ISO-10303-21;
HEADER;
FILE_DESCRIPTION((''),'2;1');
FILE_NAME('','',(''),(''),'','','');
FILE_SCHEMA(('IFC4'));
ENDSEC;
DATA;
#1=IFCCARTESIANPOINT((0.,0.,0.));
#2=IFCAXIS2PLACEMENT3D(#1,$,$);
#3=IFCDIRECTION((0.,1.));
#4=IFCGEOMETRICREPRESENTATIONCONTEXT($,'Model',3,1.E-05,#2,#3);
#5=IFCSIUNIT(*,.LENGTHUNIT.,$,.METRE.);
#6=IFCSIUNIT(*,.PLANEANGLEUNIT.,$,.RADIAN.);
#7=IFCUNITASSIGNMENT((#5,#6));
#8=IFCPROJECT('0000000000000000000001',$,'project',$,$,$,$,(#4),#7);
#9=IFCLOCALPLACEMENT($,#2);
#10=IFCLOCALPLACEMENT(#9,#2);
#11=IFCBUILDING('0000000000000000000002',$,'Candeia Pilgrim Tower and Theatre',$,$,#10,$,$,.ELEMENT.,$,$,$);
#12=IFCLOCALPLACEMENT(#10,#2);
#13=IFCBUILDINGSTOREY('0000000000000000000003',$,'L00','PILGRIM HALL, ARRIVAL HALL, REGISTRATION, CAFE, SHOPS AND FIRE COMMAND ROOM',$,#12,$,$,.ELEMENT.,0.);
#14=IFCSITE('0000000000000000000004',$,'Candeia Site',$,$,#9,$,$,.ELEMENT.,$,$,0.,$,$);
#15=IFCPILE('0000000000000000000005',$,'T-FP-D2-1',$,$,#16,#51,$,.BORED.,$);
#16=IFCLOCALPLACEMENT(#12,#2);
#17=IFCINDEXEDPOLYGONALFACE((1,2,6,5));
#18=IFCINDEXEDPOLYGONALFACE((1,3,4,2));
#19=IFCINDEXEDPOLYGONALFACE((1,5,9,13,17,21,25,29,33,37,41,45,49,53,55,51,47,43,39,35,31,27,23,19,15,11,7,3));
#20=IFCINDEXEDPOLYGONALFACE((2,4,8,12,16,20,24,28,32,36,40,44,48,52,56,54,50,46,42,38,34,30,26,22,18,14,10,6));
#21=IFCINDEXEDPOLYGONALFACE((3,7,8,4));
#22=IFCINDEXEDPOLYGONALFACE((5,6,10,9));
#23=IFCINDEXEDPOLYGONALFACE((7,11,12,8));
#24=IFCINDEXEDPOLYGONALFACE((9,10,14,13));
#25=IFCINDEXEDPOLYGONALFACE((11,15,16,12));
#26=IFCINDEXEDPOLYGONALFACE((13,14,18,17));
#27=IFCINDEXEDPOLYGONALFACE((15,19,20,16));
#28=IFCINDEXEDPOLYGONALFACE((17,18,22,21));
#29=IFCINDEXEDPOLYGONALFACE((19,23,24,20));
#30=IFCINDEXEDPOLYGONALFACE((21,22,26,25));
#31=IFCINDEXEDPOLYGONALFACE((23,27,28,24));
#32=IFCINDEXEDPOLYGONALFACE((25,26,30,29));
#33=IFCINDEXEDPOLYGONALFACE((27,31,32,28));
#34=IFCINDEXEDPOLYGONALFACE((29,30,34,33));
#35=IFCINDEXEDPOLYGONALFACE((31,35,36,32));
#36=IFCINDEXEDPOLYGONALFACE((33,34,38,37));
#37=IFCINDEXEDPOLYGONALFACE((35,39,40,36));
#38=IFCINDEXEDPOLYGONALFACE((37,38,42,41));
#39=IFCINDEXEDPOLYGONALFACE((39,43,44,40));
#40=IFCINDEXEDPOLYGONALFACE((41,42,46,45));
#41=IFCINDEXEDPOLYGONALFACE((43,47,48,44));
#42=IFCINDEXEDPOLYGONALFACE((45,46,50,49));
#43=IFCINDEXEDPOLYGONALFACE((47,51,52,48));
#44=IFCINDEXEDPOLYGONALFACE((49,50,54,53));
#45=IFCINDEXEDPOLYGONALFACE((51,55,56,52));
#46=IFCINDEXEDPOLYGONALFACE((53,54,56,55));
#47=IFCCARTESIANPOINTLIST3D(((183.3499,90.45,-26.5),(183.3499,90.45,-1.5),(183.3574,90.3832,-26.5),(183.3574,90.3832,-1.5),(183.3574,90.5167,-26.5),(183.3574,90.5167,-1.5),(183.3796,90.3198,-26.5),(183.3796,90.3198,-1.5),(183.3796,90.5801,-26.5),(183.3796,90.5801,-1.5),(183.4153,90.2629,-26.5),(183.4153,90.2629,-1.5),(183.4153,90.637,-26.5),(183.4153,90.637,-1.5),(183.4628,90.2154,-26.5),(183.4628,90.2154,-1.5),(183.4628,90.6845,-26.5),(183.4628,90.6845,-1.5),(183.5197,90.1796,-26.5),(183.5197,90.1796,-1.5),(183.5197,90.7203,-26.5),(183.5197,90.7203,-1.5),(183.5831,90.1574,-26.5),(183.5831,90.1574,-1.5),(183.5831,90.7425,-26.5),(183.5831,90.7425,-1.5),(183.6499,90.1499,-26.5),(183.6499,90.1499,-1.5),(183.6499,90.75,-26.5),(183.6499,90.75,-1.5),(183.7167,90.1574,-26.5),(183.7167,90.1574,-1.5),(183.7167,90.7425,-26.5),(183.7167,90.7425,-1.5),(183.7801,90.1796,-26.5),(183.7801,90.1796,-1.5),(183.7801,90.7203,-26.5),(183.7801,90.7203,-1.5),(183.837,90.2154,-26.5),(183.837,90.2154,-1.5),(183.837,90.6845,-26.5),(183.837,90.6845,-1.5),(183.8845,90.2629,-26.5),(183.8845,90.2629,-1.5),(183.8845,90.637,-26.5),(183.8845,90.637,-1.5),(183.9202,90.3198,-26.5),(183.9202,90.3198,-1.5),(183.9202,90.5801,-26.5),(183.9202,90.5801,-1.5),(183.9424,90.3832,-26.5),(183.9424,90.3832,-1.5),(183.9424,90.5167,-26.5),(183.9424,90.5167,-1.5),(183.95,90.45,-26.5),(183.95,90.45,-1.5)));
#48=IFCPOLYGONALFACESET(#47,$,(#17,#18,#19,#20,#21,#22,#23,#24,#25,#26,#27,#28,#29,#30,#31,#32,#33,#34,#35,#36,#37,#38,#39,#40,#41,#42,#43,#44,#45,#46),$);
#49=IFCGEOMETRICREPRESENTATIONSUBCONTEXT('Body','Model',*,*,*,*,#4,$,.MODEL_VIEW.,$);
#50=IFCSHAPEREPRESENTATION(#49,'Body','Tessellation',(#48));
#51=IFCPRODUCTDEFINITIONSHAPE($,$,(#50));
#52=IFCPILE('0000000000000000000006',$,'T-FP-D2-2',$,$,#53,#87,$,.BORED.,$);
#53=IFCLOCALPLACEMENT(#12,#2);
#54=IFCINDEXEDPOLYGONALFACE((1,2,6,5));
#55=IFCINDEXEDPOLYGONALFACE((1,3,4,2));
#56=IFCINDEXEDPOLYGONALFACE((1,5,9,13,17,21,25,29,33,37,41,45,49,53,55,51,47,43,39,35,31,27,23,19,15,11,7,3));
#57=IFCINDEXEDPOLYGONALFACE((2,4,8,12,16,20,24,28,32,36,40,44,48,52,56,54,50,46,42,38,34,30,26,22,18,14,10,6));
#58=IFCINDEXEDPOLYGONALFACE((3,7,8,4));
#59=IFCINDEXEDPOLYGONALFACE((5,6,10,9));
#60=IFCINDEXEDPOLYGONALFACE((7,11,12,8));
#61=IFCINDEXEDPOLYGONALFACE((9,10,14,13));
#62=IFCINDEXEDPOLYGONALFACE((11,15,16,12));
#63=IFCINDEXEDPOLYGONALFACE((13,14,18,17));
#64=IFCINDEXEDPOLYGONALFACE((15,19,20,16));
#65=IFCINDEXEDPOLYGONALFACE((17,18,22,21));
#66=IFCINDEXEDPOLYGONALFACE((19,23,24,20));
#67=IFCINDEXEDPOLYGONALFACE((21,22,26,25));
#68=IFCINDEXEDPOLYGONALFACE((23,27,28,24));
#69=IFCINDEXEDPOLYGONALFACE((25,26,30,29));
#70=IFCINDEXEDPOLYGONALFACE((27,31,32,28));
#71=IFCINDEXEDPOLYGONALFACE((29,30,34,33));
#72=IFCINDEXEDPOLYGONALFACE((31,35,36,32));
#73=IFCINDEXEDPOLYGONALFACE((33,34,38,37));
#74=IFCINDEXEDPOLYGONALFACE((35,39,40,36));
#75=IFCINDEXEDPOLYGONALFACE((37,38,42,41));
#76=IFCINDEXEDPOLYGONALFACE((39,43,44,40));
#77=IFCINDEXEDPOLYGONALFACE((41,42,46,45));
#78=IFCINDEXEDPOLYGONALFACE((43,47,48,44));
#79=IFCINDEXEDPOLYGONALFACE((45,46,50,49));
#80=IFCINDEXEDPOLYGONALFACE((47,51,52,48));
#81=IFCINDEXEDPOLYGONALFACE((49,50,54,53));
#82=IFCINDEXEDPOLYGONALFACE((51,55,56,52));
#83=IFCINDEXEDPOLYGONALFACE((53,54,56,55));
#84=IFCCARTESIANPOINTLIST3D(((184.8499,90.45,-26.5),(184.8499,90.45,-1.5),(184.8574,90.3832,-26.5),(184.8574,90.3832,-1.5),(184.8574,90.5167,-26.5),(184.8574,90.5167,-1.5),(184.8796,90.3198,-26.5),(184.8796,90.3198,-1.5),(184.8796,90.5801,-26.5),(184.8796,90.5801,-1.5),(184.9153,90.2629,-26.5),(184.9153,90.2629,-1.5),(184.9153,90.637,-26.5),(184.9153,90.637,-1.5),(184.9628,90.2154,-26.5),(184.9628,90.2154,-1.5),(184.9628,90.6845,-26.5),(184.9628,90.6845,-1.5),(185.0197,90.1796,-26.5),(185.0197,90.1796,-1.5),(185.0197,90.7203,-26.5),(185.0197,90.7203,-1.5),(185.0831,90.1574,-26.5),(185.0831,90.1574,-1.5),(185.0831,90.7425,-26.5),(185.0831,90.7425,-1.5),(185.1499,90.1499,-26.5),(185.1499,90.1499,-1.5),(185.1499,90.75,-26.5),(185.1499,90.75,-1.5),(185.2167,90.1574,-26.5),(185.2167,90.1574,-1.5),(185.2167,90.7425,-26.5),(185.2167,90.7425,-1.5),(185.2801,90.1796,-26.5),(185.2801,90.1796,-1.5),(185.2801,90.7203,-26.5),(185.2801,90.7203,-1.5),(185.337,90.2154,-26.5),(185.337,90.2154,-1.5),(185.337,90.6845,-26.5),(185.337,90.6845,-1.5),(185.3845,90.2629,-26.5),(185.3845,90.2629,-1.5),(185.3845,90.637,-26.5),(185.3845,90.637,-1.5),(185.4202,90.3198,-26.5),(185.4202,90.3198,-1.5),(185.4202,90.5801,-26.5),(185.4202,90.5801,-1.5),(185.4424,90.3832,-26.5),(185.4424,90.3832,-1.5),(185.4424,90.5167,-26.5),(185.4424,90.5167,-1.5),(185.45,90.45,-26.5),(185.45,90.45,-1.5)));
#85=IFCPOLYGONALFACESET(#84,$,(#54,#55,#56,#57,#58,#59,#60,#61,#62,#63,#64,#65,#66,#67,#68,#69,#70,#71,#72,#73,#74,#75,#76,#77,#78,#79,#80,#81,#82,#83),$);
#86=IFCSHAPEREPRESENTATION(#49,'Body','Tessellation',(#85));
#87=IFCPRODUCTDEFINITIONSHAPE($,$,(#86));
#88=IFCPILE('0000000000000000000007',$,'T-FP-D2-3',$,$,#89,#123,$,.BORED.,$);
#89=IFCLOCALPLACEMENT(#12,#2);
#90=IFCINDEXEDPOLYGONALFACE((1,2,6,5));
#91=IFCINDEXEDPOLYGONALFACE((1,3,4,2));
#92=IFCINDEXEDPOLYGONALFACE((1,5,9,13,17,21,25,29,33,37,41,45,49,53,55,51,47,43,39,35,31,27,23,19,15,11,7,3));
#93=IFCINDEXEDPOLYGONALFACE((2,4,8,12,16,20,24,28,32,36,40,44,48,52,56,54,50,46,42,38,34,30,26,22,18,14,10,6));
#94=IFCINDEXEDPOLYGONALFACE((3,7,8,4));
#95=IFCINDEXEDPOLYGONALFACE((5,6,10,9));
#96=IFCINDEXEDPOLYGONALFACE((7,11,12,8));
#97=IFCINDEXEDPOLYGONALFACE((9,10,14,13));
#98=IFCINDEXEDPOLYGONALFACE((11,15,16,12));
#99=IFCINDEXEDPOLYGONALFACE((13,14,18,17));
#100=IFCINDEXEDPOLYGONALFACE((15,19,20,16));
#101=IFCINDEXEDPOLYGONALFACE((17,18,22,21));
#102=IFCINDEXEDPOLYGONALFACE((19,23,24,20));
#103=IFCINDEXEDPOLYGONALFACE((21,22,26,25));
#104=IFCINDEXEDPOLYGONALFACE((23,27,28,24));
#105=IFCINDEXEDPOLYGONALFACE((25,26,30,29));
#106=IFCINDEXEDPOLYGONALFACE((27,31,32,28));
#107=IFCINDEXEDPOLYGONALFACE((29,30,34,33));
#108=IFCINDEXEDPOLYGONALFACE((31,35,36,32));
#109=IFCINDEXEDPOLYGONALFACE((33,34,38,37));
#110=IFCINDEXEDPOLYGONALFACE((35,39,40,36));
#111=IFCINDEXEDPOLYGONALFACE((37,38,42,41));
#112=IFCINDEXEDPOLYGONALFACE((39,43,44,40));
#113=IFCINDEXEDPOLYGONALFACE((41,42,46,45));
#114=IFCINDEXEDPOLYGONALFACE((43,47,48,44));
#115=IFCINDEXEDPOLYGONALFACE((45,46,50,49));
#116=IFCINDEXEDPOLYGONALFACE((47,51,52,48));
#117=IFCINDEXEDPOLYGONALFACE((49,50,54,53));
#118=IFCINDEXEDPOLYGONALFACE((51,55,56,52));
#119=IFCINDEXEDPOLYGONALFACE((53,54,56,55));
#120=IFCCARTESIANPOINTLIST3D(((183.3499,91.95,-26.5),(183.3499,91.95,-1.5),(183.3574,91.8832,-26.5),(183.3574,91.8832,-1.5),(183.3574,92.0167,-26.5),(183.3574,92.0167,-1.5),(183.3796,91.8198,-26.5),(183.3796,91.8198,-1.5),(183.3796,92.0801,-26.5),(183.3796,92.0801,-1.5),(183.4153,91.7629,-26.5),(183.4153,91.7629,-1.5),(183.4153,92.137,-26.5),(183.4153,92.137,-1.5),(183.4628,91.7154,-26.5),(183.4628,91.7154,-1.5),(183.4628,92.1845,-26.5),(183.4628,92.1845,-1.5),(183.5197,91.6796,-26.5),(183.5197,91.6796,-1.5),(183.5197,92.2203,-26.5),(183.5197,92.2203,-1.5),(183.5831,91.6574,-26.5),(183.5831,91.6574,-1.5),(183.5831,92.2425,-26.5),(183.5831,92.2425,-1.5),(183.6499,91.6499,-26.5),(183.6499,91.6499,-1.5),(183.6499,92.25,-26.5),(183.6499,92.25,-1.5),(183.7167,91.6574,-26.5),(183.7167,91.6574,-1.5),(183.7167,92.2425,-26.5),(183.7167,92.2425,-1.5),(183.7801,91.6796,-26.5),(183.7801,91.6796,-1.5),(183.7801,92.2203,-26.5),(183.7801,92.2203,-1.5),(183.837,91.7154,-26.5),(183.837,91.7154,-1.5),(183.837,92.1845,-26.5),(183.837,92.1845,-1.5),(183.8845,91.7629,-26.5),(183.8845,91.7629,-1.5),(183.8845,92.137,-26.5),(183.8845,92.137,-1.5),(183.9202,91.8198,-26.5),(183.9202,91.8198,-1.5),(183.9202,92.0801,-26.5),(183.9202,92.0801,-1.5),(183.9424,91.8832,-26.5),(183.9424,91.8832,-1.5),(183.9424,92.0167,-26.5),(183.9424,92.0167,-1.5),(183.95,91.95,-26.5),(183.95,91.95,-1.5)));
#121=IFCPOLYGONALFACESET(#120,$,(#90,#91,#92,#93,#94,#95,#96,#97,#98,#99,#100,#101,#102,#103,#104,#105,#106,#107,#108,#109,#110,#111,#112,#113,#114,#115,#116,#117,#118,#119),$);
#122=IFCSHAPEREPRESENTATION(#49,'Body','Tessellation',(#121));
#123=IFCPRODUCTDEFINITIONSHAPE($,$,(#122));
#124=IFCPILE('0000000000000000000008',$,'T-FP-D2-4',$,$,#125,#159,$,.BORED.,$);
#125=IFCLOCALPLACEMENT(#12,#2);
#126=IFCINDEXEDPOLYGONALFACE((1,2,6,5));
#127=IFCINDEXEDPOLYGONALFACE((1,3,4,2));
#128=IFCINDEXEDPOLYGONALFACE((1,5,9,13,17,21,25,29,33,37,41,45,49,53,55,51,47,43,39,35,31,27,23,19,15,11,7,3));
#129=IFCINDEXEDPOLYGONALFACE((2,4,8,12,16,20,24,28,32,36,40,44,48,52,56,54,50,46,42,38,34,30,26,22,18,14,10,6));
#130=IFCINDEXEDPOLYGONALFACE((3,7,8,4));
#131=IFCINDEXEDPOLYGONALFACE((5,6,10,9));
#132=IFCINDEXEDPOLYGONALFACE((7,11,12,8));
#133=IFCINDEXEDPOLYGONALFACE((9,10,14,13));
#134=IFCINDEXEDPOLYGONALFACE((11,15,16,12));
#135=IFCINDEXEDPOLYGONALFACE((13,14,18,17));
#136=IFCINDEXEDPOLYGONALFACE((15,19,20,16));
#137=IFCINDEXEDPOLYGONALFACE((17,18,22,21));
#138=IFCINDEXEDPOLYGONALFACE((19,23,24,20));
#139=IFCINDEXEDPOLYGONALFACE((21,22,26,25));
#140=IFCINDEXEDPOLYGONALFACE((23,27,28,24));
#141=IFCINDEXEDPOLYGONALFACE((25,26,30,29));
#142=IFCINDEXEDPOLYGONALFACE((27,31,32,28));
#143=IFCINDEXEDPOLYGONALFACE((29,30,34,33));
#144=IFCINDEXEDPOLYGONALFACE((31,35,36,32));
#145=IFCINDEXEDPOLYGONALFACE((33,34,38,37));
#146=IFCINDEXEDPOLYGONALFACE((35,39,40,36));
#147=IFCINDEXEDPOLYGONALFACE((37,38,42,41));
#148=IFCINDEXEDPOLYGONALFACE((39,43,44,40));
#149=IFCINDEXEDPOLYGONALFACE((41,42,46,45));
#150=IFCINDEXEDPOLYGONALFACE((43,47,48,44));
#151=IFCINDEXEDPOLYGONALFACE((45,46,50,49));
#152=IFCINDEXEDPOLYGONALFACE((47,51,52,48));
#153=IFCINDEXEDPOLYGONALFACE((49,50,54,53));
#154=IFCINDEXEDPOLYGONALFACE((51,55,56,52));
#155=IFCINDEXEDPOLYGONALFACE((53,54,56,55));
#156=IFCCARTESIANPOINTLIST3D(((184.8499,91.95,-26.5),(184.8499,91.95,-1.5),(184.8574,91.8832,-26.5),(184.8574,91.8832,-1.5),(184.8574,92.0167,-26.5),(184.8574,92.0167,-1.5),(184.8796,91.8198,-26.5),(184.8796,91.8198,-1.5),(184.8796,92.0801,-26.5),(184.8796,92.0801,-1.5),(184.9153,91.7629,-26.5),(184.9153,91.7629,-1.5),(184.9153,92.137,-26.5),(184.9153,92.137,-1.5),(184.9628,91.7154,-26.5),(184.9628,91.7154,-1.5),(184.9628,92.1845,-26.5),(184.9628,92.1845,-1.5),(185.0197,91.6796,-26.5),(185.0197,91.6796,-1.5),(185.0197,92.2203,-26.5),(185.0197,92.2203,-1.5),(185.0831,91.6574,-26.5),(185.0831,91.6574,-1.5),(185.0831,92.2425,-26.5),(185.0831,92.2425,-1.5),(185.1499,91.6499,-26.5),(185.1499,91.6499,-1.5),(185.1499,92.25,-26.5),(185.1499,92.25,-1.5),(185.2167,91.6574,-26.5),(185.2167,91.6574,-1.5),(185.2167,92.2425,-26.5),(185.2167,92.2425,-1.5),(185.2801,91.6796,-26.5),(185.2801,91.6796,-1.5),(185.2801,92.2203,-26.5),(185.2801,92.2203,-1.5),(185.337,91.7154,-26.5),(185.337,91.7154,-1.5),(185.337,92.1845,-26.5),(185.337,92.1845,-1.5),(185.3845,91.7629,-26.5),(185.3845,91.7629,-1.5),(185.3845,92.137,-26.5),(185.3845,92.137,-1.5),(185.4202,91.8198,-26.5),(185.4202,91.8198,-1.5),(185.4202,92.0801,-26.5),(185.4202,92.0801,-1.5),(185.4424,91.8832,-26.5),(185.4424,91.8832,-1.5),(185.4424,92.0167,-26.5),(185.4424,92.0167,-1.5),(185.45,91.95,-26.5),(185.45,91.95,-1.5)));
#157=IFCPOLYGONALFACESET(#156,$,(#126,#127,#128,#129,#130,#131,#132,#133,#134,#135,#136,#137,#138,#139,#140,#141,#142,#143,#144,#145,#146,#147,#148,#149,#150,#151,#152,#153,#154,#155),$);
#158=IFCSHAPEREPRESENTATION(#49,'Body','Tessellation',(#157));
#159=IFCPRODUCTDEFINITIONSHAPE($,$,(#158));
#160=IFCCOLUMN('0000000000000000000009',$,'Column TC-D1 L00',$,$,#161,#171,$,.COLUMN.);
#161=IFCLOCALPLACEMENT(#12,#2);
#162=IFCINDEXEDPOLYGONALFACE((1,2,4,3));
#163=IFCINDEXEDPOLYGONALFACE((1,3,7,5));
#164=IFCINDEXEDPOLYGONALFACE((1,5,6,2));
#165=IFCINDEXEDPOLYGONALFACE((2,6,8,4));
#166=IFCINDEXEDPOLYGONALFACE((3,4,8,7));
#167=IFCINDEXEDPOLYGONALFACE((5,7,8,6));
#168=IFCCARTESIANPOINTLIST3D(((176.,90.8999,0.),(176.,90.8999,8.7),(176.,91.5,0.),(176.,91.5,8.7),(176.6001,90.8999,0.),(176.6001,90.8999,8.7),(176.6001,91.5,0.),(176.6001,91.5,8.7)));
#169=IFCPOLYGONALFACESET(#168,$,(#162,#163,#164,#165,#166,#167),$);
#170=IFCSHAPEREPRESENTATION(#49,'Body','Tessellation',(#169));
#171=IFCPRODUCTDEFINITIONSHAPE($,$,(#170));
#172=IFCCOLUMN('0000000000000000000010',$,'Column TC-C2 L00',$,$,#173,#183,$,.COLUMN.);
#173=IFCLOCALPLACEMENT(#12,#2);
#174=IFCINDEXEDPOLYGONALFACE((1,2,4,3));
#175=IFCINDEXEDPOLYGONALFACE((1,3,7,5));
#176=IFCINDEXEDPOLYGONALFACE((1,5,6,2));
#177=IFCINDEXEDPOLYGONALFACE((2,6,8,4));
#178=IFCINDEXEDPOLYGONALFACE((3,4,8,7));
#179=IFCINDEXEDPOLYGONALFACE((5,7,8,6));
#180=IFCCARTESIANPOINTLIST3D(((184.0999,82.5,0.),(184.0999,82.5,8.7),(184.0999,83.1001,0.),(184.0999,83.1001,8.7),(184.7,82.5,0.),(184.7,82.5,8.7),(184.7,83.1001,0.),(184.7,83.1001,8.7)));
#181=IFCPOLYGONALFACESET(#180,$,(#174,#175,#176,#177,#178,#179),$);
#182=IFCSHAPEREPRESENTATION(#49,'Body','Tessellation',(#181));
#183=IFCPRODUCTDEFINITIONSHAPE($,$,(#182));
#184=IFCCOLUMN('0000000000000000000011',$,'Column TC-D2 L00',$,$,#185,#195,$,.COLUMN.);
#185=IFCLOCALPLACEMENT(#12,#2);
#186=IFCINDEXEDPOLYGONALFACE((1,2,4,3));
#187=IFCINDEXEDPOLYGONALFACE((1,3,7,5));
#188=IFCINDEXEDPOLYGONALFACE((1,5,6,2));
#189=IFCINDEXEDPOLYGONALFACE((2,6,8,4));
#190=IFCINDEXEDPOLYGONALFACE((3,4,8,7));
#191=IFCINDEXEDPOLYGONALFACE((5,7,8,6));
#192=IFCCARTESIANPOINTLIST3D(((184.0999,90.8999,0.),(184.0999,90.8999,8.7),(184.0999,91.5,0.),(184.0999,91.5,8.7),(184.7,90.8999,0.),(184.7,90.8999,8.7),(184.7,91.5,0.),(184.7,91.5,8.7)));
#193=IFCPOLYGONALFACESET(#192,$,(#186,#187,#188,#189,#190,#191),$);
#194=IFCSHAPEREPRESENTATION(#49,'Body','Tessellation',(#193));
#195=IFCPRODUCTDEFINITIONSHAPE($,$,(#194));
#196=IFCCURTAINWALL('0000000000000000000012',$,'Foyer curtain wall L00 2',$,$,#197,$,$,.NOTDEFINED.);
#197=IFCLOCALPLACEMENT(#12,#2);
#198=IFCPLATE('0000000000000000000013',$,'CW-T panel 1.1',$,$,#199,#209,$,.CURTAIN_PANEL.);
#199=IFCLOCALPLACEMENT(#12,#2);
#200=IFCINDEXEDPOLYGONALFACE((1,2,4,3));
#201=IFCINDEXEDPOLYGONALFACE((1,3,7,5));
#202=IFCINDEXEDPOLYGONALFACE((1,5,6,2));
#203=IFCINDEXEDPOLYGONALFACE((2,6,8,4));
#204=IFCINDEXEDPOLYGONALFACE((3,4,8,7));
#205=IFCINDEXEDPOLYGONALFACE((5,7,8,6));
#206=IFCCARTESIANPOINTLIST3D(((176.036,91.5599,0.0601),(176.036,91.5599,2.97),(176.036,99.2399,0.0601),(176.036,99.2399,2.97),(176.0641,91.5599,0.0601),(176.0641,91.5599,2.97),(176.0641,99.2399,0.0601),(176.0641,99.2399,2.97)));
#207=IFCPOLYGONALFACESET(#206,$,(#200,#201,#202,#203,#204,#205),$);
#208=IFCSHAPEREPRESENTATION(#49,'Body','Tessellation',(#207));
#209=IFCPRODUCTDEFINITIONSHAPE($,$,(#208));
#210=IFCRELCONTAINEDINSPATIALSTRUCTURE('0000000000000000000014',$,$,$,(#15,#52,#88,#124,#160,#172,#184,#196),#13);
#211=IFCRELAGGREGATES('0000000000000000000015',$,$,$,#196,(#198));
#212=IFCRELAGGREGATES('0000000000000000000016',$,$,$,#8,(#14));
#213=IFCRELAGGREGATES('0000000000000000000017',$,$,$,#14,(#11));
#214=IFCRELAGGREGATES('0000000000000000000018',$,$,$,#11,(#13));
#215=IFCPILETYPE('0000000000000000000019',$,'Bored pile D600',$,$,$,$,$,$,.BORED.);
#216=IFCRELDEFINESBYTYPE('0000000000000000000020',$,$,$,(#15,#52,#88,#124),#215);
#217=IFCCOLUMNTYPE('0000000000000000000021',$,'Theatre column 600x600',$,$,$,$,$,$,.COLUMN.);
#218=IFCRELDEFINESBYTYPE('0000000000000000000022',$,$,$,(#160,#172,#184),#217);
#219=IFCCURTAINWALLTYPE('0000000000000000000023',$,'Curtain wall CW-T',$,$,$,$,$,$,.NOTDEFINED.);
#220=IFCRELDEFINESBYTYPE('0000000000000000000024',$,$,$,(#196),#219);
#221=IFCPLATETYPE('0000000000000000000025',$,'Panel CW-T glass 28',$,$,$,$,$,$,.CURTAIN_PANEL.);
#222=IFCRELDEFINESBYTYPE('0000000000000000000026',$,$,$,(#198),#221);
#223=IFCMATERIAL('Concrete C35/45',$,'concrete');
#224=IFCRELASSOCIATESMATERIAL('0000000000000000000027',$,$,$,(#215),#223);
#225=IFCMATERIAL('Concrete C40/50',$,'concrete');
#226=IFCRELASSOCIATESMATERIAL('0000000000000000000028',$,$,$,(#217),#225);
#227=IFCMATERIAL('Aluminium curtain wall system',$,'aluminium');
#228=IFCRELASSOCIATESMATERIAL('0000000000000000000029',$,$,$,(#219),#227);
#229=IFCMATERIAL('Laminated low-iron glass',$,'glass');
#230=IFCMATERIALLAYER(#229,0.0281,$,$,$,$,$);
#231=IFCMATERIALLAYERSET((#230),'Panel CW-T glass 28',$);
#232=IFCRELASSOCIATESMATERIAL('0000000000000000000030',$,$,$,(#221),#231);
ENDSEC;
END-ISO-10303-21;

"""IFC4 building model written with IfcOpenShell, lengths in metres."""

from ifc_helpers import new_model, si_unit, direction, frame, origin, origin_2d, place, context, subcontext, project, spatial, rectangle, circle, extrude, material, layer, layer_set, material_profile, profile_set, type_object, element, aggregate, save


model = new_model("IFC4")

# Units and contexts
model_context = context("Model", 3, precision=1e-05, world=origin(), true_north=direction((0.0, 1.0)))
body_context = subcontext(model_context, "Body", "Model", "MODEL_VIEW")
ifc_project = project(units=[si_unit("LENGTHUNIT", "METRE"), si_unit("PLANEANGLEUNIT", "RADIAN")], contexts=[model_context])

# Site, building, storey
site_placement = place(None, origin())
site = spatial("IfcSite", under=ifc_project, at=site_placement, Name="Candeia Site", CompositionType="ELEMENT", RefElevation=0.0)
building_placement = place(site_placement, origin())
building = spatial("IfcBuilding", under=site, at=building_placement, Name="Candeia Pilgrim Tower and Theatre", CompositionType="ELEMENT")
storey_placement = place(building_placement, origin())
storey = spatial("IfcBuildingStorey", under=building, at=storey_placement, Name="L00", Description="PILGRIM HALL, ARRIVAL HALL, REGISTRATION, CAFE, SHOPS AND FIRE COMMAND ROOM", CompositionType="ELEMENT", Elevation=0.0)

# Piles
ifc_material_1 = material(Name="Concrete C35/45", Category="concrete")
pile_type = type_object("IfcPileType", Name="Bored pile D600", PredefinedType="BORED", material=ifc_material_1)
for number, where, z_axis, x_axis, name in (
    (1, (183.6499, 90.45, -1.5), (0.0, 0.0, -1.0), (1.0, 0.0, 0.0), "T-FP-D2-1"),
    (2, (185.1499, 90.45, -1.5), (0.0, 0.0, -1.0), (1.0, 0.0, 0.0), "T-FP-D2-2"),
    (3, (183.6499, 91.95, -1.5), (0.0, 0.0, -1.0), (1.0, 0.0, 0.0), "T-FP-D2-3"),
    (4, (185.1499, 91.95, -1.5), (0.0, 0.0, -1.0), (1.0, 0.0, 0.0), "T-FP-D2-4"),
):
    element("IfcPile", number, at=place(storey_placement, frame(where, z_axis=z_axis, x_axis=x_axis)), inside=storey, type_object=pile_type, Name=name, PredefinedType="BORED", context=body_context, shape_type="SweptSolid", body=[
        extrude(circle(Radius=0.3, at=origin_2d()), origin(), (0.0, 0.0, 1.0), 25.0),
    ])

# Columns
ifc_material_2 = material(Name="Concrete C40/50", Category="concrete")
ifc_material_profile = material_profile(ifc_material_2, rectangle(XDim=0.6001, YDim=0.6001, at=origin_2d()))
ifc_profile_set = profile_set([ifc_material_profile], Name="Concrete C40/50")
column_type = type_object("IfcColumnType", Name="Theatre column 600x600", PredefinedType="COLUMN", material=ifc_profile_set)
for number, where, z_axis, x_axis, name in (
    (5, (176.3, 91.2, 0.0), (0.0, 0.0, 1.0), (1.0, 0.0, 0.0), "Column TC-D1 L00"),
    (6, (184.3999, 82.8, 0.0), (0.0, 0.0, 1.0), (1.0, 0.0, 0.0), "Column TC-C2 L00"),
    (7, (184.3999, 91.2, 0.0), (0.0, 0.0, 1.0), (1.0, 0.0, 0.0), "Column TC-D2 L00"),
):
    element("IfcColumn", number, at=place(storey_placement, frame(where, z_axis=z_axis, x_axis=x_axis)), inside=storey, type_object=column_type, Name=name, PredefinedType="COLUMN", context=body_context, shape_type="SweptSolid", body=[
        extrude(rectangle(XDim=0.6001, YDim=0.6001, at=origin_2d()), origin(), (0.0, 0.0, 1.0), 8.7),
    ])

# Curtain wall, plate
ifc_material_3 = material(Name="Aluminium curtain wall system", Category="aluminium")
curtain_wall_type = type_object("IfcCurtainWallType", Name="Curtain wall CW-T", PredefinedType="NOTDEFINED", material=ifc_material_3)
curtain_wall_placement = place(storey_placement, origin())
curtain_wall = element("IfcCurtainWall", 8, at=curtain_wall_placement, inside=storey, type_object=curtain_wall_type, Name="Foyer curtain wall L00 2", PredefinedType="NOTDEFINED")
ifc_material_4 = material(Name="Laminated low-iron glass", Category="glass")
ifc_layer_1 = layer(ifc_material_4, 0.0281)
ifc_layer_set_1 = layer_set([ifc_layer_1], Name="Panel CW-T glass 28")
plate_type = type_object("IfcPlateType", Name="Panel CW-T glass 28", PredefinedType="CURTAIN_PANEL", material=ifc_layer_set_1)
plate_1_placement = place(storey_placement, frame((176.05, 95.3999, 0.0601), z_axis=(0.0, 0.0, 1.0), x_axis=(0.0, 1.0, 0.0)))
plate_1 = element("IfcPlate", 9, at=plate_1_placement, type_object=plate_type, Name="CW-T panel 1.1", PredefinedType="CURTAIN_PANEL", context=body_context, shape_type="SweptSolid", body=[
    extrude(rectangle(XDim=7.6799, YDim=0.0281, at=origin_2d()), origin(), (0.0, 0.0, 1.0), 2.9099),
])
aggregate(curtain_wall, [plate_1])

save(model, "model.ifc")
